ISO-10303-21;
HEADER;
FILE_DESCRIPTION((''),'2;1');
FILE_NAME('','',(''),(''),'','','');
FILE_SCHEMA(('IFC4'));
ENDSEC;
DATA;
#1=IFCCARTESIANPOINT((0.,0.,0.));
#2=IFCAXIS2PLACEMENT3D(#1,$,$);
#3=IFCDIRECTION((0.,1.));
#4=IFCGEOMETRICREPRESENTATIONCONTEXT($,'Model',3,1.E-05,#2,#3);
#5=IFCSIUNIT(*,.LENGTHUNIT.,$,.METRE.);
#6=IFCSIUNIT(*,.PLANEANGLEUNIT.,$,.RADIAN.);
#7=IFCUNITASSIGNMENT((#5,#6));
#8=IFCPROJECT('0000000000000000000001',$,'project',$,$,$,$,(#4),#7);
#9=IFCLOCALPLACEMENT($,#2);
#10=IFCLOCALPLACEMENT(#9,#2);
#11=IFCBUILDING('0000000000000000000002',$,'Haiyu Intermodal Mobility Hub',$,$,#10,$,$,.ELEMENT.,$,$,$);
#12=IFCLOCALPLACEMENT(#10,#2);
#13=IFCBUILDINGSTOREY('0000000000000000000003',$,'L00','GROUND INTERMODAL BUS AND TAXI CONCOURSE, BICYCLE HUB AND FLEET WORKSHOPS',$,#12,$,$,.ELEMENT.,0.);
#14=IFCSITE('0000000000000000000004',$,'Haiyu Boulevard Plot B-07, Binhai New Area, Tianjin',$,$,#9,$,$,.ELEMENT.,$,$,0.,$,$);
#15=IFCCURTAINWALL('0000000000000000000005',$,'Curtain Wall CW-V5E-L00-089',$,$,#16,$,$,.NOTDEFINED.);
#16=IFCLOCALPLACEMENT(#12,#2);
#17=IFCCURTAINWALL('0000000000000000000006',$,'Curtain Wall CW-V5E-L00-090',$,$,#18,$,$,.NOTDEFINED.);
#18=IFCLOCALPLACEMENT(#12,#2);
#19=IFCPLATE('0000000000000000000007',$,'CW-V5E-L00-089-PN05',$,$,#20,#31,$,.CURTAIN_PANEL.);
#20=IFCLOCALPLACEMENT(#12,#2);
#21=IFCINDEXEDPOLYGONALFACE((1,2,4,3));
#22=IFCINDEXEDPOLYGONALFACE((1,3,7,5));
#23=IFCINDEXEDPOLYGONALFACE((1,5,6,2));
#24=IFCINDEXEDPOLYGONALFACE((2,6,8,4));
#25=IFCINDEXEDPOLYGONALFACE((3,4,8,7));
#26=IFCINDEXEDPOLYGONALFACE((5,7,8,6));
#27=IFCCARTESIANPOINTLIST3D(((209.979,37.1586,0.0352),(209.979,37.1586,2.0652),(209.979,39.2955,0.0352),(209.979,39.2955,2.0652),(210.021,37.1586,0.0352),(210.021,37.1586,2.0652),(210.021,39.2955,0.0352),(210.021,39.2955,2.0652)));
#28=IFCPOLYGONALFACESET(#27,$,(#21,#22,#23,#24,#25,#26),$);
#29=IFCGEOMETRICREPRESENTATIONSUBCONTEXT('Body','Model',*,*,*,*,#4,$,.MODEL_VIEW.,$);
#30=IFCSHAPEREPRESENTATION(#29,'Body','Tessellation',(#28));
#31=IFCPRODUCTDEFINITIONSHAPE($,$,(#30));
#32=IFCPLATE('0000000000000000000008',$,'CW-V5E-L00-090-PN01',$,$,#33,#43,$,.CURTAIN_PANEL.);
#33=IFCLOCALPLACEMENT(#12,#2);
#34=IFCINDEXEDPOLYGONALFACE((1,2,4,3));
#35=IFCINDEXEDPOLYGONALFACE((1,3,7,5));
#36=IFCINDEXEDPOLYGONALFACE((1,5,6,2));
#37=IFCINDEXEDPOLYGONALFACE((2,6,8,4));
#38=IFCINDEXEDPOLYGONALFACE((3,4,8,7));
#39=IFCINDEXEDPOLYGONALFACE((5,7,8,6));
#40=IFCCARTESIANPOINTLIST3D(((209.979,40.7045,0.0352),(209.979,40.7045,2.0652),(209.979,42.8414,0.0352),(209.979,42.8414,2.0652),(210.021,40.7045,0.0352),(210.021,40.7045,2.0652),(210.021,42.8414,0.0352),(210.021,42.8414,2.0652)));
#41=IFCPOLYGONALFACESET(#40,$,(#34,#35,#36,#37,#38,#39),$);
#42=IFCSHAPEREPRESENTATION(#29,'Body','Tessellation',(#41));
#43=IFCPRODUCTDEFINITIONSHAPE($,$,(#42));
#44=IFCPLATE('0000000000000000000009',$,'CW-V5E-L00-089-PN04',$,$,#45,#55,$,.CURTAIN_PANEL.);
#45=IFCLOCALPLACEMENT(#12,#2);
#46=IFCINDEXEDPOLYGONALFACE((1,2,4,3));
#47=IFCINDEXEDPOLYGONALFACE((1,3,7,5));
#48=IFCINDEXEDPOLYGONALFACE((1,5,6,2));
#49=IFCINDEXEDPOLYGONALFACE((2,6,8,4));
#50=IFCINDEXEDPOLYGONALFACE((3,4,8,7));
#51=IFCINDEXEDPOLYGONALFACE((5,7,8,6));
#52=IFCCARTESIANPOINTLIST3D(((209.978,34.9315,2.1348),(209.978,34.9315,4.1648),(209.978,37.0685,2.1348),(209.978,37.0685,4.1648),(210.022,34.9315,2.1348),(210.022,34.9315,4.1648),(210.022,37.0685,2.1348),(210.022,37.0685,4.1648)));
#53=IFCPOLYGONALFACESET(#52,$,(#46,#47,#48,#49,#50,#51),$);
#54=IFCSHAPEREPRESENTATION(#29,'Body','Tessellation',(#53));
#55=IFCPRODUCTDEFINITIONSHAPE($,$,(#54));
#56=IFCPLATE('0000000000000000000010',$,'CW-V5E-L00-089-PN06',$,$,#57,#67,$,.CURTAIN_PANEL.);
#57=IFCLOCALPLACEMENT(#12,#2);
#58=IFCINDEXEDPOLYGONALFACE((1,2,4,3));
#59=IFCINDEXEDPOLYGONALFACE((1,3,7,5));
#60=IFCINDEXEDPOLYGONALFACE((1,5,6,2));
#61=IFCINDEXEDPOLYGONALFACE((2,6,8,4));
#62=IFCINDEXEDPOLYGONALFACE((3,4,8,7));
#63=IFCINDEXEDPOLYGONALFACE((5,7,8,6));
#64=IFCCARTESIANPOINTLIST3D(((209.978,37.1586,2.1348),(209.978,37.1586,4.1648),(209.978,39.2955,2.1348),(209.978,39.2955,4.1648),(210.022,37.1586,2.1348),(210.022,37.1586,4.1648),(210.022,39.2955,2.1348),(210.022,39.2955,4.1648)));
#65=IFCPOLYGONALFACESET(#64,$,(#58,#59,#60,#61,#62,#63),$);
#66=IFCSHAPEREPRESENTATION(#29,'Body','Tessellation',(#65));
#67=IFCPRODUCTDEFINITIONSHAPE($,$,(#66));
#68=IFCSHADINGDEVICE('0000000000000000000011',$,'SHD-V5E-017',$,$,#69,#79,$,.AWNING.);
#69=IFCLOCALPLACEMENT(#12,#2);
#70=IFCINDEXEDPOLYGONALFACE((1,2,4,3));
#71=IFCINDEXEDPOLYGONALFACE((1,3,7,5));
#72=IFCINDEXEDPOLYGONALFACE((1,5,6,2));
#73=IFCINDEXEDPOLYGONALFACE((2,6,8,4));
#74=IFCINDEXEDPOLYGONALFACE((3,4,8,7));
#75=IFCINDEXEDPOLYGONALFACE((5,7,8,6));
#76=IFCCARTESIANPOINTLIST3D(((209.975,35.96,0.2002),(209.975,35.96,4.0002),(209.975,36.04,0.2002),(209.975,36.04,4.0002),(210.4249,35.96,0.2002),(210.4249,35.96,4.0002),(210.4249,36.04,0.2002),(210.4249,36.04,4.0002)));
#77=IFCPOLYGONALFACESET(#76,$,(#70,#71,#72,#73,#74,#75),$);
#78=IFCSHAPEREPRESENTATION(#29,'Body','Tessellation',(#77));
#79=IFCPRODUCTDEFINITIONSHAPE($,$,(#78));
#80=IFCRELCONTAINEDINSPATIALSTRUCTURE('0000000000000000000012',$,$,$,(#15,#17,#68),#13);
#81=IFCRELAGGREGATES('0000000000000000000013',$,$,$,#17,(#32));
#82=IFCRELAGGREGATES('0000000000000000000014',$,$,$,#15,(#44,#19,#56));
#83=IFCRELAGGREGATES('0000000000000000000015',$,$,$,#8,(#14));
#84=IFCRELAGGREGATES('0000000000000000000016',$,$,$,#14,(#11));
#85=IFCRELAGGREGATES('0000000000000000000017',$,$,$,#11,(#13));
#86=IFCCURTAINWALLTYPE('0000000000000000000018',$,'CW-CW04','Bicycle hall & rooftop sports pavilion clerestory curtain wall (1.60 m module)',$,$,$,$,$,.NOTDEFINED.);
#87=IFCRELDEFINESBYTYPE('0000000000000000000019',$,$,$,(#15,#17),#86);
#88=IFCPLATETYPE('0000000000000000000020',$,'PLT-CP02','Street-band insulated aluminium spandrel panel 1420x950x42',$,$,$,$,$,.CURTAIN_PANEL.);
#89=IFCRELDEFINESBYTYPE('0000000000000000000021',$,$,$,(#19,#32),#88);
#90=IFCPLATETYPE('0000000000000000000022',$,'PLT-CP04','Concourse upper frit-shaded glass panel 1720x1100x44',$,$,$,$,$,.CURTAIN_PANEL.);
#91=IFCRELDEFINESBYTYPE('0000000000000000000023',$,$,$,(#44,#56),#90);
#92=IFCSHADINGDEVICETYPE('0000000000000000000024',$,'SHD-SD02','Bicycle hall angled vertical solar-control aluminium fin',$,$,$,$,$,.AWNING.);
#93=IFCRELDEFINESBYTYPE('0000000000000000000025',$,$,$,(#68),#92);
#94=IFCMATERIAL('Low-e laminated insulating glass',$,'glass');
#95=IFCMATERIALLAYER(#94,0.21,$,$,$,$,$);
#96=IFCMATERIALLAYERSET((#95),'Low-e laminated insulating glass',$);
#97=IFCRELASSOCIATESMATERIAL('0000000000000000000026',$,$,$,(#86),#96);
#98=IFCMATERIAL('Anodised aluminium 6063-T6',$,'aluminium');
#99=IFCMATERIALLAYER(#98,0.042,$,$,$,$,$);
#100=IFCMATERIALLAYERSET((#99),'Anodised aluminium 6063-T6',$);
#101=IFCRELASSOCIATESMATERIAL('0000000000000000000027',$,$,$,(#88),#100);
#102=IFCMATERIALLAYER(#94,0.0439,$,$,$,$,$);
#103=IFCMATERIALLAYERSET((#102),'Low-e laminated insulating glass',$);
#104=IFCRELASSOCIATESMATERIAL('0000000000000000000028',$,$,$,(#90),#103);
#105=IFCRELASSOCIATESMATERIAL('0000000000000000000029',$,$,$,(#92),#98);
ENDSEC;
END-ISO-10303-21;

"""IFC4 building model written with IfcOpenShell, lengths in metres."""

from ifc_helpers import new_model, si_unit, direction, frame, origin, origin_2d, place, context, subcontext, project, spatial, rectangle, extrude, material, layer, layer_set, material_profile, profile_set, type_object, element, aggregate, save


model = new_model("IFC4")

# Units and contexts
model_context = context("Model", 3, precision=1e-05, world=origin(), true_north=direction((0.0, 1.0)))
body_context = subcontext(model_context, "Body", "Model", "MODEL_VIEW")
ifc_project = project(units=[si_unit("LENGTHUNIT", "METRE"), si_unit("PLANEANGLEUNIT", "RADIAN")], contexts=[model_context])

# Site, building, storey
site_placement = place(None, origin())
site = spatial("IfcSite", under=ifc_project, at=site_placement, Name="Haiyu Boulevard Plot B-07, Binhai New Area, Tianjin", CompositionType="ELEMENT", RefElevation=0.0)
building_placement = place(site_placement, origin())
building = spatial("IfcBuilding", under=site, at=building_placement, Name="Haiyu Intermodal Mobility Hub", CompositionType="ELEMENT")
storey_placement = place(building_placement, origin())
storey = spatial("IfcBuildingStorey", under=building, at=storey_placement, Name="L00", Description="GROUND INTERMODAL BUS AND TAXI CONCOURSE, BICYCLE HUB AND FLEET WORKSHOPS", CompositionType="ELEMENT", Elevation=0.0)

# Curtain walls
ifc_material_1 = material(Name="Low-e laminated insulating glass", Category="glass")
ifc_layer_1 = layer(ifc_material_1, 0.21)
ifc_layer_set_1 = layer_set([ifc_layer_1], Name="Low-e laminated insulating glass")
curtain_wall_type = type_object("IfcCurtainWallType", Name="CW-CW04", Description="Bicycle hall & rooftop sports pavilion clerestory curtain wall (1.60 m module)", PredefinedType="NOTDEFINED", material=ifc_layer_set_1)
curtain_wall_1_placement = place(storey_placement, origin())
curtain_wall_1 = element("IfcCurtainWall", 1, at=curtain_wall_1_placement, inside=storey, type_object=curtain_wall_type, Name="Curtain Wall CW-V5E-L00-089", PredefinedType="NOTDEFINED")
ifc_material_2 = material(Name="Anodised aluminium 6063-T6", Category="aluminium")
curtain_wall_2_placement = place(storey_placement, origin())
curtain_wall_2 = element("IfcCurtainWall", 2, at=curtain_wall_2_placement, inside=storey, type_object=curtain_wall_type, Name="Curtain Wall CW-V5E-L00-090", PredefinedType="NOTDEFINED")

# Plates
ifc_layer_2 = layer(ifc_material_2, 0.042)
ifc_layer_set_2 = layer_set([ifc_layer_2], Name="Anodised aluminium 6063-T6")
plate_type_1 = type_object("IfcPlateType", Name="PLT-CP02", Description="Street-band insulated aluminium spandrel panel 1420x950x42", PredefinedType="CURTAIN_PANEL", material=ifc_layer_set_2)
plate_1_placement = place(storey_placement, frame((210.0, 38.2271, 0.0352), z_axis=(0.0, 0.0, 1.0), x_axis=(0.0, 1.0, 0.0)))
plate_1 = element("IfcPlate", 3, at=plate_1_placement, type_object=plate_type_1, Name="CW-V5E-L00-089-PN05", PredefinedType="CURTAIN_PANEL", context=body_context, shape_type="SweptSolid", body=[
    extrude(rectangle(XDim=2.137, YDim=0.042, at=origin_2d()), origin(), (0.0, 0.0, 1.0), 2.03),
])
plate_2_placement = place(storey_placement, frame((210.0, 41.7729, 0.0352), z_axis=(0.0, 0.0, 1.0), x_axis=(0.0, 1.0, 0.0)))
plate_2 = element("IfcPlate", 4, at=plate_2_placement, type_object=plate_type_1, Name="CW-V5E-L00-090-PN01", PredefinedType="CURTAIN_PANEL", context=body_context, shape_type="SweptSolid", body=[
    extrude(rectangle(XDim=2.137, YDim=0.042, at=origin_2d()), origin(), (0.0, 0.0, 1.0), 2.03),
])
aggregate(curtain_wall_2, [plate_2])
ifc_layer_3 = layer(ifc_material_1, 0.0439)
ifc_layer_set_3 = layer_set([ifc_layer_3], Name="Low-e laminated insulating glass")
plate_type_2 = type_object("IfcPlateType", Name="PLT-CP04", Description="Concourse upper frit-shaded glass panel 1720x1100x44", PredefinedType="CURTAIN_PANEL", material=ifc_layer_set_3)
plate_3_placement = place(storey_placement, frame((210.0, 36.0, 2.1348), z_axis=(0.0, 0.0, 1.0), x_axis=(0.0, 1.0, 0.0)))
plate_3 = element("IfcPlate", 5, at=plate_3_placement, type_object=plate_type_2, Name="CW-V5E-L00-089-PN04", PredefinedType="CURTAIN_PANEL", context=body_context, shape_type="SweptSolid", body=[
    extrude(rectangle(XDim=2.137, YDim=0.0439, at=origin_2d()), origin(), (0.0, 0.0, 1.0), 2.03),
])
plate_4_placement = place(storey_placement, frame((210.0, 38.2271, 2.1348), z_axis=(0.0, 0.0, 1.0), x_axis=(0.0, 1.0, 0.0)))
plate_4 = element("IfcPlate", 6, at=plate_4_placement, type_object=plate_type_2, Name="CW-V5E-L00-089-PN06", PredefinedType="CURTAIN_PANEL", context=body_context, shape_type="SweptSolid", body=[
    extrude(rectangle(XDim=2.137, YDim=0.0439, at=origin_2d()), origin(), (0.0, 0.0, 1.0), 2.03),
])
aggregate(curtain_wall_1, [plate_3, plate_1, plate_4])

# Shading device
ifc_material_profile_1 = material_profile(ifc_material_2, rectangle(XDim=0.0701, YDim=0.55, at=origin_2d()), Name="FIN70x550")
ifc_profile_set_1 = profile_set([ifc_material_profile_1], Name="Anodised aluminium 6063-T6")
shading_device_type = type_object("IfcShadingDeviceType", Name="SHD-SD02", Description="Bicycle hall angled vertical solar-control aluminium fin", PredefinedType="AWNING", material=ifc_profile_set_1)
shading_device_placement = place(storey_placement, frame((210.2, 36.0, 0.2002), z_axis=(0.0, 0.0, 1.0), x_axis=(1.0, 0.0, 0.0)))
element("IfcShadingDevice", 7, at=shading_device_placement, inside=storey, type_object=shading_device_type, Name="SHD-V5E-017", PredefinedType="AWNING", context=body_context, shape_type="SweptSolid", body=[
    extrude(rectangle(XDim=0.45, YDim=0.0801, at=origin_2d()), origin(), (0.0, 0.0, 1.0), 3.8),
])

save(model, "model.ifc")
